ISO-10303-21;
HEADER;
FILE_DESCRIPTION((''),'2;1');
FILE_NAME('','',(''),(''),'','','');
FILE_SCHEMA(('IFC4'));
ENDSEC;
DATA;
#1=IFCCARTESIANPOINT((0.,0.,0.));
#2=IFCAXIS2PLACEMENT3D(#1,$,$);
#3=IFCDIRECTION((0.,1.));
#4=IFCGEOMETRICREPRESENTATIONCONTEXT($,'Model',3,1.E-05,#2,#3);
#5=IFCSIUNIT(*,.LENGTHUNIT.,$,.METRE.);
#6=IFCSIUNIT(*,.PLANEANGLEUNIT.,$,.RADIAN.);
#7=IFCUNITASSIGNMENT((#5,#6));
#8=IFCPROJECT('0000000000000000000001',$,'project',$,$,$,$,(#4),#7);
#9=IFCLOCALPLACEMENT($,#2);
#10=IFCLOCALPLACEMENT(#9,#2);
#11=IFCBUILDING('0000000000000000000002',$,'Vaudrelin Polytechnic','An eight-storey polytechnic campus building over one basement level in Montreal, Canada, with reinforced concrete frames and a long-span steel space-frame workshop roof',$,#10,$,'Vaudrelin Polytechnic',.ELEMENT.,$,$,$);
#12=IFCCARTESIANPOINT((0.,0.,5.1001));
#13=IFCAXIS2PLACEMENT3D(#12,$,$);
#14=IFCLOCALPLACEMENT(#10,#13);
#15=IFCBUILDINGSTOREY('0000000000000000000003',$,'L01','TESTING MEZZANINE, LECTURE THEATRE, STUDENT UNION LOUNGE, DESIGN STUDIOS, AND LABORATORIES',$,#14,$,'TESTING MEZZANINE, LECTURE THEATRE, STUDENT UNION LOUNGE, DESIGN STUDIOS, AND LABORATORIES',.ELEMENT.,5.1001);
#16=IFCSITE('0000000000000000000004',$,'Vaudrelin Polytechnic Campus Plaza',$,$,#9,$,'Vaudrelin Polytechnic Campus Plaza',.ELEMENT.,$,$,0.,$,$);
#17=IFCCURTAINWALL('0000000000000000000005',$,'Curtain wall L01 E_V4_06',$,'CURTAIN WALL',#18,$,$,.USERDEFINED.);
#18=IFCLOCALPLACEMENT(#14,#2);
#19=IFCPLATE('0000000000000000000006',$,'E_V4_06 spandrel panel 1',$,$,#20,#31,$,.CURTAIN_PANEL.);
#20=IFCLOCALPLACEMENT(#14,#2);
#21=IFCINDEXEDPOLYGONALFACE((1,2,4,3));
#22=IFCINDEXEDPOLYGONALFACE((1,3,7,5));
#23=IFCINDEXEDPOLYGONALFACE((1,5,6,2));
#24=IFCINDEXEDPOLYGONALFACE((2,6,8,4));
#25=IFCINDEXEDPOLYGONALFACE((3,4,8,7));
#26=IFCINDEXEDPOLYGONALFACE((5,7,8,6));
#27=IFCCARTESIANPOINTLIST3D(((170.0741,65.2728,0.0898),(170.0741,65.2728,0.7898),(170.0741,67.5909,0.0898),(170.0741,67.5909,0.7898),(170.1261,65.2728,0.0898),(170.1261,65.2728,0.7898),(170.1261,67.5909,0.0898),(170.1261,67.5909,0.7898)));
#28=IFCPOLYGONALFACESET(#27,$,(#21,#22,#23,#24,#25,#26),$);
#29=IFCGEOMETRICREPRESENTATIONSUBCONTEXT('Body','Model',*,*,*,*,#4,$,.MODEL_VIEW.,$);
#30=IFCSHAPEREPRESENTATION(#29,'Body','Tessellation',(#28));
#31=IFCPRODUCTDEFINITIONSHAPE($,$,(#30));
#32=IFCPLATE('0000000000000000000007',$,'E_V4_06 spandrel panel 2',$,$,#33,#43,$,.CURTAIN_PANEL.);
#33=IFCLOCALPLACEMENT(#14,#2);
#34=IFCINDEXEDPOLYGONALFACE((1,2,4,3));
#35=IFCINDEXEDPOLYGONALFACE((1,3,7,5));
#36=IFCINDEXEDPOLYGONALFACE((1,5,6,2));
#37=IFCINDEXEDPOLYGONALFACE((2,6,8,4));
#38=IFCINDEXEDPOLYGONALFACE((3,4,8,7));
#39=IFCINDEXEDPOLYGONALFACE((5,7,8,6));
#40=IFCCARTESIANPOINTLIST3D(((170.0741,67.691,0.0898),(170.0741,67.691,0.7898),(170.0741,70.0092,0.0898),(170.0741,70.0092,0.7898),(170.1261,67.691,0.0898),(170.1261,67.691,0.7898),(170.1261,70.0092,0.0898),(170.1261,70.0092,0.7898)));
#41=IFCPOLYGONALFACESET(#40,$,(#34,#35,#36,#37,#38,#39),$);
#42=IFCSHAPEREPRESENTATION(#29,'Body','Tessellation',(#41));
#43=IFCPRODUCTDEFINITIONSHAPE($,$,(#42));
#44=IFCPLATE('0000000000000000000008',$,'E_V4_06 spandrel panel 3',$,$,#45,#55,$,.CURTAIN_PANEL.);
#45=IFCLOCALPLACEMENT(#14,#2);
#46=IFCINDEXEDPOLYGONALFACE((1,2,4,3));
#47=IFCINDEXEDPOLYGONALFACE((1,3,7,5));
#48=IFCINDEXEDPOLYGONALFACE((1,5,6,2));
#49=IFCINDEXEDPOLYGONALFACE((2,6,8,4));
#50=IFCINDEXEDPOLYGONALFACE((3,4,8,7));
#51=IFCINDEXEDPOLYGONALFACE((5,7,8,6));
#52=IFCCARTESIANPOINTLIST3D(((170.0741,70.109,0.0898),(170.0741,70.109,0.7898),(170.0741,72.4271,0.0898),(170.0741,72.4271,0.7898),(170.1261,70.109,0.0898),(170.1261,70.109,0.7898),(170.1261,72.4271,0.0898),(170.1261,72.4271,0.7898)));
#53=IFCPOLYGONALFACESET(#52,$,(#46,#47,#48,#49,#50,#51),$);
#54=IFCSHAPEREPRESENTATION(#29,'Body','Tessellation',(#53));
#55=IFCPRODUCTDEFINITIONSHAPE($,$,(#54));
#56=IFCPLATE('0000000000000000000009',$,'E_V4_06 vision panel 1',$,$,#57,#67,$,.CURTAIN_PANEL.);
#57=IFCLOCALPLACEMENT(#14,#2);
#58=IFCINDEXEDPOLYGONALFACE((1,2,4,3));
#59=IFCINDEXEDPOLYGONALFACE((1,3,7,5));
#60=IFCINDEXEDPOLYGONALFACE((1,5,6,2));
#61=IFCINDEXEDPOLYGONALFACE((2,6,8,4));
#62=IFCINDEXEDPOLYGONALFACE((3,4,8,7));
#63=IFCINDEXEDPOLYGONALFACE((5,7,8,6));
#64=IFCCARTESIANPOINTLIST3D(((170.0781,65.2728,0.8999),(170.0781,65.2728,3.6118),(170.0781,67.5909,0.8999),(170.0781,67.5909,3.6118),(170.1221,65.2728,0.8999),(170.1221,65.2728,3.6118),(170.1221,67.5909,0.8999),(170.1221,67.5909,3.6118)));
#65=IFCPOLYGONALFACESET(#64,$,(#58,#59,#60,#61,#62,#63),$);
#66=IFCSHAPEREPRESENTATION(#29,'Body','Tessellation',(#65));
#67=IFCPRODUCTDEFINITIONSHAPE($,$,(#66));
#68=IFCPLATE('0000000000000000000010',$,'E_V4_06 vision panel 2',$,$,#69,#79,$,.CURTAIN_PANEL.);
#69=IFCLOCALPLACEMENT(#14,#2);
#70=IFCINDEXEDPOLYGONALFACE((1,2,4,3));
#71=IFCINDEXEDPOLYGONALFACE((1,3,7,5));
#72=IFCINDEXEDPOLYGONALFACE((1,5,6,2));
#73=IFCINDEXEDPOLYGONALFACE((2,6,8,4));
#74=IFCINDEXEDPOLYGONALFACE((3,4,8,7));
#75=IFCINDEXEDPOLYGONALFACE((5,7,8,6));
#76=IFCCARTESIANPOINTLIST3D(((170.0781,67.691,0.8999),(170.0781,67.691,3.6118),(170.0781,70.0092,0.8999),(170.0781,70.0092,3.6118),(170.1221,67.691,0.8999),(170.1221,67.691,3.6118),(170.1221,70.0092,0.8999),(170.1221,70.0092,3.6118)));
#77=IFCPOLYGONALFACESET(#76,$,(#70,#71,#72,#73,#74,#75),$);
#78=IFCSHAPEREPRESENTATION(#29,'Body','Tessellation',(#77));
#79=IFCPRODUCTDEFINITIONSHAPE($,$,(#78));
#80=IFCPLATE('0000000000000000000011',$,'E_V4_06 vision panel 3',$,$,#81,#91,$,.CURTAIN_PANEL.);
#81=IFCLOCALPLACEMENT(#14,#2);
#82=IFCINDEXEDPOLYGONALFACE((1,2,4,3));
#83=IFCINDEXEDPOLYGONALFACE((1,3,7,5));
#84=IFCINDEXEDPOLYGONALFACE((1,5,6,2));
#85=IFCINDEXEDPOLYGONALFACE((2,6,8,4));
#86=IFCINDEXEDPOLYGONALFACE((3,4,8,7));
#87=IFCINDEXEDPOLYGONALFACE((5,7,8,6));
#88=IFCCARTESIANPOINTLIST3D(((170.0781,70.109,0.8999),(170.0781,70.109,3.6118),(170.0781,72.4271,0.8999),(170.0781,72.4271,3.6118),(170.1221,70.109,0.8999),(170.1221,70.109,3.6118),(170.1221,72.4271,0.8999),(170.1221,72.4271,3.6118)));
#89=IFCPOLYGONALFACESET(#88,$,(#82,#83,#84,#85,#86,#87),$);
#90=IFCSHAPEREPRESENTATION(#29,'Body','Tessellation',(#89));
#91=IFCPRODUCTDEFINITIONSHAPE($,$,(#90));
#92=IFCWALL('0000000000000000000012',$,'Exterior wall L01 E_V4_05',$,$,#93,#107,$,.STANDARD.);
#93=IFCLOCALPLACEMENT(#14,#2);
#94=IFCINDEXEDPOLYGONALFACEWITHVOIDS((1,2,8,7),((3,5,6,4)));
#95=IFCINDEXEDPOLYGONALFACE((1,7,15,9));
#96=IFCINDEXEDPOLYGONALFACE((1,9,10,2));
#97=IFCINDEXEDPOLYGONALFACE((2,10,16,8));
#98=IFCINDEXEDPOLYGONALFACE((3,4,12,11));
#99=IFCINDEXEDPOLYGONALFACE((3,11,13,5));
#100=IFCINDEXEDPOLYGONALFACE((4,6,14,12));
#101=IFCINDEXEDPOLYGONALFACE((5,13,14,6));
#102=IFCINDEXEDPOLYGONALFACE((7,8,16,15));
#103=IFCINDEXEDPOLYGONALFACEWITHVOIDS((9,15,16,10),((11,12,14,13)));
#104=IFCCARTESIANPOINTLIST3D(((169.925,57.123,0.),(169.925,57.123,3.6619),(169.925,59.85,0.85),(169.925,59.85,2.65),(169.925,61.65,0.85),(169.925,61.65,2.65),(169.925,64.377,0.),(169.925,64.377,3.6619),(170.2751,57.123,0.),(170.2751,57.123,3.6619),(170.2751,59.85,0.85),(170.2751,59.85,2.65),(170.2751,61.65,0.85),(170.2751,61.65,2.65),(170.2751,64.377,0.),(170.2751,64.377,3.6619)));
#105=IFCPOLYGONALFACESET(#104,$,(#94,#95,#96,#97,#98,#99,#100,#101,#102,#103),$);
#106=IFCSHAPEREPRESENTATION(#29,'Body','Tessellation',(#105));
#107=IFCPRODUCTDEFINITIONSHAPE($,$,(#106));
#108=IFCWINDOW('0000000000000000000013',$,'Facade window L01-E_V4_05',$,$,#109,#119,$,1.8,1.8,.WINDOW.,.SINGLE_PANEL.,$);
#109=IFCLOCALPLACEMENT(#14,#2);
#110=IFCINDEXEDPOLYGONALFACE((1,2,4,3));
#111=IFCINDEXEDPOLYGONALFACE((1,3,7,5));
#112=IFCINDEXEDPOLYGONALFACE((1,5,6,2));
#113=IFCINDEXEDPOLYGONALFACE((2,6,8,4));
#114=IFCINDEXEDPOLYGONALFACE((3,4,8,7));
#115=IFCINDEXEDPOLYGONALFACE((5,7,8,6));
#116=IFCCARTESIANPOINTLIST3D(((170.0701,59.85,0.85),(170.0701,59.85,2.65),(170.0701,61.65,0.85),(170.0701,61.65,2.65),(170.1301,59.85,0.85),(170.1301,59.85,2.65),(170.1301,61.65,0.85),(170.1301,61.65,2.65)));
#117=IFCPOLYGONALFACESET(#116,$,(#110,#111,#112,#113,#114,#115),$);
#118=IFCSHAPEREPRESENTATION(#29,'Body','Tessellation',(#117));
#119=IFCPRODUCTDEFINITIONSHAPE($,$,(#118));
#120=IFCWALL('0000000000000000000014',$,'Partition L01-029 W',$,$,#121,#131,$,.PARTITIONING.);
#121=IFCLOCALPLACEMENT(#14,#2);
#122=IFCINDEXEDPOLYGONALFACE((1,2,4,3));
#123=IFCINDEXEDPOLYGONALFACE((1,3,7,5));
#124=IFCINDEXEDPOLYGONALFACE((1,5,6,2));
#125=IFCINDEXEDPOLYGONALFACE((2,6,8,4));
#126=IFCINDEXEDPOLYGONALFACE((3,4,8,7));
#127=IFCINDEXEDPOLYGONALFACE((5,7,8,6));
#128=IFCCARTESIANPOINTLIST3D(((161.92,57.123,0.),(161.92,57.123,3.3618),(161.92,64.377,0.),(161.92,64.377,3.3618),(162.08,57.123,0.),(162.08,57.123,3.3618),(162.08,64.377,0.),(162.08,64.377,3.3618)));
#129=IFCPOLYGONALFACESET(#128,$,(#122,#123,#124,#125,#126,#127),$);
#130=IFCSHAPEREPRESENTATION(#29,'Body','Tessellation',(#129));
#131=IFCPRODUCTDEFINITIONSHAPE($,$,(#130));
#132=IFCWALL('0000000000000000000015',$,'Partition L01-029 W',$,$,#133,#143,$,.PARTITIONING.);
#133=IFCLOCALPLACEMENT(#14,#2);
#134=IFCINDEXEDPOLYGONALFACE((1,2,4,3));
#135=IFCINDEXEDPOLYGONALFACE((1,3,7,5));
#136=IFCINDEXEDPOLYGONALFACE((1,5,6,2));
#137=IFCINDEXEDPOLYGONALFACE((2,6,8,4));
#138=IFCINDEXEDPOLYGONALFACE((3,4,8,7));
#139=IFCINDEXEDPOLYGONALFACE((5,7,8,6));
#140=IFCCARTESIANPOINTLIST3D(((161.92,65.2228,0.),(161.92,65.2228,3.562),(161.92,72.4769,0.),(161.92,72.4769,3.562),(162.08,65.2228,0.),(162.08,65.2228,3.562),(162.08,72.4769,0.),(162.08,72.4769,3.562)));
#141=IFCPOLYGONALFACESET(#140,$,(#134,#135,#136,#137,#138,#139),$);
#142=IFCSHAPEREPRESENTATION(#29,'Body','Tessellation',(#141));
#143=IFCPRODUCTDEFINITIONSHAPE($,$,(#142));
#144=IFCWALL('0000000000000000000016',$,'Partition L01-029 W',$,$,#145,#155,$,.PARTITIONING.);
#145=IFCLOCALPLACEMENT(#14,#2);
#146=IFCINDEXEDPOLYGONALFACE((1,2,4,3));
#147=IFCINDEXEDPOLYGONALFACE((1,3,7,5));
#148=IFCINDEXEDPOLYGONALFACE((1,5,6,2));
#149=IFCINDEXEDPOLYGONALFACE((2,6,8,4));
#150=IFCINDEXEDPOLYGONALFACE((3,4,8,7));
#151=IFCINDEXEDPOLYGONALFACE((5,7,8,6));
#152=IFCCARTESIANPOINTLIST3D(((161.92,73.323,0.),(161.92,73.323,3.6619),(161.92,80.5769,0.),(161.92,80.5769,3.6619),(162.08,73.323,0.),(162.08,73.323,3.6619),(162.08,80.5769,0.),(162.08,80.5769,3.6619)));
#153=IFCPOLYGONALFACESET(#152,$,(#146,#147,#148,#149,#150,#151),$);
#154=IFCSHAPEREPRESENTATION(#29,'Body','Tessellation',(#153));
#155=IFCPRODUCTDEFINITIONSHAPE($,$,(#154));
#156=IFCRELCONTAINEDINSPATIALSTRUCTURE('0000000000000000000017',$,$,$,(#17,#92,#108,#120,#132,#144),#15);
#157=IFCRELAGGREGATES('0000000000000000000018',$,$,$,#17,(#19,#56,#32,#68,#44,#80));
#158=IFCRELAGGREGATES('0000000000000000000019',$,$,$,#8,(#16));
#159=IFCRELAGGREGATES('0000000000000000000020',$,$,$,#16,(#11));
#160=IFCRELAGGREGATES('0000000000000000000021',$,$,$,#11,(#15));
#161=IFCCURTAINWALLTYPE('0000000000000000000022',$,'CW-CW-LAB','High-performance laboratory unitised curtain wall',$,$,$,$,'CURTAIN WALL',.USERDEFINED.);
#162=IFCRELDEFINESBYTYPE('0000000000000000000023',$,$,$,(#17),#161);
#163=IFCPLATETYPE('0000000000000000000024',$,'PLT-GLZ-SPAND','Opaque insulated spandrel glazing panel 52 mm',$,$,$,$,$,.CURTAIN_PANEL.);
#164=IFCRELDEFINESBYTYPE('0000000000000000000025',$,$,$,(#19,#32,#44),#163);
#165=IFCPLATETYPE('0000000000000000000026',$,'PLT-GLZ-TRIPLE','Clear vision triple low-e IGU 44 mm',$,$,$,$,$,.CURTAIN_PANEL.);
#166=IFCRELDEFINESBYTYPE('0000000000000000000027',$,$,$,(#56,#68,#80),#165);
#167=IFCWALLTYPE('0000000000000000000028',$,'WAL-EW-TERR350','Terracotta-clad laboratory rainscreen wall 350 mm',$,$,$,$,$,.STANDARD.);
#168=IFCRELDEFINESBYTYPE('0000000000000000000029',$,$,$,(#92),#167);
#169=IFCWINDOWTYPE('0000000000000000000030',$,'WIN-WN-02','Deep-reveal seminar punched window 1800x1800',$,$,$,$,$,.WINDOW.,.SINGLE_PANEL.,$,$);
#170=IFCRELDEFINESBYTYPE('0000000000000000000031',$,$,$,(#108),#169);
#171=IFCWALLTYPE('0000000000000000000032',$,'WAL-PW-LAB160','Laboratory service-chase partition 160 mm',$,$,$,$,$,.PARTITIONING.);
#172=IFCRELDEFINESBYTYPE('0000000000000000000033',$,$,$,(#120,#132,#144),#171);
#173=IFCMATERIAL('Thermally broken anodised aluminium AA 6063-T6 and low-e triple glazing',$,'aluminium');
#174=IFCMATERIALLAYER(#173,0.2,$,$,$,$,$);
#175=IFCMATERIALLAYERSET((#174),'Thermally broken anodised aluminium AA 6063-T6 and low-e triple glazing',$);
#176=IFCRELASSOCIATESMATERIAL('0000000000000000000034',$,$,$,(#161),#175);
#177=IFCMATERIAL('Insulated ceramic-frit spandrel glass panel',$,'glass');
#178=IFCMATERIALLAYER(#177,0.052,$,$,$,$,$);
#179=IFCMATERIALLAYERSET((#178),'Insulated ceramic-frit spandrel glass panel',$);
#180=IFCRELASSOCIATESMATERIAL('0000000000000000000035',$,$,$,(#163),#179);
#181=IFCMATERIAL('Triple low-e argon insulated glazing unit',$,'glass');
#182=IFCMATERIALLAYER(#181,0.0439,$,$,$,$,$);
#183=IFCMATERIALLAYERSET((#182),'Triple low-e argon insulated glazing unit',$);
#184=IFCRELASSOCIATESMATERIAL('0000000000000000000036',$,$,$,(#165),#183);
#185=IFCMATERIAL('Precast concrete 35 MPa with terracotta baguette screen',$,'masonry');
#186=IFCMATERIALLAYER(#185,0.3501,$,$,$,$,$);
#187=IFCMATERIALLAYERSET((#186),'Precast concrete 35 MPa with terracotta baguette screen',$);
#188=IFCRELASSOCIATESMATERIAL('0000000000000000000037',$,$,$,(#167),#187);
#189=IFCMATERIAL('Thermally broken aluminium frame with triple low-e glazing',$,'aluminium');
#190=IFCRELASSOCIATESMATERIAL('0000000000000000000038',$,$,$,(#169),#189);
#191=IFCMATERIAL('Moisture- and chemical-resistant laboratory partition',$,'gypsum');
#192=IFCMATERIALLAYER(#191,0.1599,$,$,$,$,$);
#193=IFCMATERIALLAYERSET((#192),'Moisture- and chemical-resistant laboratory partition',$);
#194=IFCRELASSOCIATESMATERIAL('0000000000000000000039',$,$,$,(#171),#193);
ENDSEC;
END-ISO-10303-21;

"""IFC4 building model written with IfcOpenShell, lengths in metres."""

from ifc_helpers import new_model, si_unit, direction, frame, frame_2d, origin, origin_2d, place, context, subcontext, project, spatial, rectangle, extrude, material, layer, layer_set, type_object, element, fill, aggregate, save


model = new_model("IFC4")

# Units and contexts
model_context = context("Model", 3, precision=1e-05, world=origin(), true_north=direction((0.0, 1.0)))
body_context = subcontext(model_context, "Body", "Model", "MODEL_VIEW")
ifc_project = project(units=[si_unit("LENGTHUNIT", "METRE"), si_unit("PLANEANGLEUNIT", "RADIAN")], contexts=[model_context])

# Site, building, storey
site_placement = place(None, origin())
site = spatial("IfcSite", under=ifc_project, at=site_placement, Name="Vaudrelin Polytechnic Campus Plaza", LongName="Vaudrelin Polytechnic Campus Plaza", CompositionType="ELEMENT", RefElevation=0.0)
building_placement = place(site_placement, origin())
building = spatial("IfcBuilding", under=site, at=building_placement, Name="Vaudrelin Polytechnic", Description="An eight-storey polytechnic campus building over one basement level in Montreal, Canada, with reinforced concrete frames and a long-span steel space-frame workshop roof", LongName="Vaudrelin Polytechnic", CompositionType="ELEMENT")
storey_placement = place(building_placement, frame((0.0, 0.0, 5.1001)))
storey = spatial("IfcBuildingStorey", under=building, at=storey_placement, Name="L01", Description="TESTING MEZZANINE, LECTURE THEATRE, STUDENT UNION LOUNGE, DESIGN STUDIOS, AND LABORATORIES", LongName="TESTING MEZZANINE, LECTURE THEATRE, STUDENT UNION LOUNGE, DESIGN STUDIOS, AND LABORATORIES", CompositionType="ELEMENT", Elevation=5.1001)

# Curtain wall, plates
ifc_material_1 = material(Name="Thermally broken anodised aluminium AA 6063-T6 and low-e triple glazing", Category="aluminium")
ifc_layer_1 = layer(ifc_material_1, 0.2)
ifc_layer_set_1 = layer_set([ifc_layer_1], Name="Thermally broken anodised aluminium AA 6063-T6 and low-e triple glazing")
curtain_wall_type = type_object("IfcCurtainWallType", Name="CW-CW-LAB", Description="High-performance laboratory unitised curtain wall", ElementType="CURTAIN WALL", PredefinedType="USERDEFINED", material=ifc_layer_set_1)
curtain_wall_placement = place(storey_placement, origin())
curtain_wall = element("IfcCurtainWall", 1, at=curtain_wall_placement, inside=storey, type_object=curtain_wall_type, Name="Curtain wall L01 E_V4_06", ObjectType="CURTAIN WALL", PredefinedType="USERDEFINED")
ifc_material_2 = material(Name="Insulated ceramic-frit spandrel glass panel", Category="glass")
ifc_layer_2 = layer(ifc_material_2, 0.052)
ifc_layer_set_2 = layer_set([ifc_layer_2], Name="Insulated ceramic-frit spandrel glass panel")
plate_type_1 = type_object("IfcPlateType", Name="PLT-GLZ-SPAND", Description="Opaque insulated spandrel glazing panel 52 mm", PredefinedType="CURTAIN_PANEL", material=ifc_layer_set_2)
plate_1_placement = place(storey_placement, frame((170.1001, 66.4319, 0.0898), z_axis=(0.0, 0.0, 1.0), x_axis=(0.0, 1.0, 0.0)))
plate_1 = element("IfcPlate", 2, at=plate_1_placement, type_object=plate_type_1, Name="E_V4_06 spandrel panel 1", PredefinedType="CURTAIN_PANEL", context=body_context, shape_type="SweptSolid", body=[
    extrude(rectangle(XDim=2.3181, YDim=0.052, at=origin_2d()), origin(), (0.0, 0.0, 1.0), 0.7),
])
plate_2_placement = place(storey_placement, frame((170.1001, 68.8501, 0.0898), z_axis=(0.0, 0.0, 1.0), x_axis=(0.0, 1.0, 0.0)))
plate_2 = element("IfcPlate", 3, at=plate_2_placement, type_object=plate_type_1, Name="E_V4_06 spandrel panel 2", PredefinedType="CURTAIN_PANEL", context=body_context, shape_type="SweptSolid", body=[
    extrude(rectangle(XDim=2.3181, YDim=0.052, at=origin_2d()), origin(), (0.0, 0.0, 1.0), 0.7),
])
plate_3_placement = place(storey_placement, frame((170.1001, 71.2681, 0.0898), z_axis=(0.0, 0.0, 1.0), x_axis=(0.0, 1.0, 0.0)))
plate_3 = element("IfcPlate", 4, at=plate_3_placement, type_object=plate_type_1, Name="E_V4_06 spandrel panel 3", PredefinedType="CURTAIN_PANEL", context=body_context, shape_type="SweptSolid", body=[
    extrude(rectangle(XDim=2.3181, YDim=0.052, at=origin_2d()), origin(), (0.0, 0.0, 1.0), 0.7),
])
ifc_material_3 = material(Name="Triple low-e argon insulated glazing unit", Category="glass")
ifc_layer_3 = layer(ifc_material_3, 0.0439)
ifc_layer_set_3 = layer_set([ifc_layer_3], Name="Triple low-e argon insulated glazing unit")
plate_type_2 = type_object("IfcPlateType", Name="PLT-GLZ-TRIPLE", Description="Clear vision triple low-e IGU 44 mm", PredefinedType="CURTAIN_PANEL", material=ifc_layer_set_3)
plate_4_placement = place(storey_placement, frame((170.1001, 66.4319, 0.8999), z_axis=(0.0, 0.0, 1.0), x_axis=(0.0, 1.0, 0.0)))
plate_4 = element("IfcPlate", 5, at=plate_4_placement, type_object=plate_type_2, Name="E_V4_06 vision panel 1", PredefinedType="CURTAIN_PANEL", context=body_context, shape_type="SweptSolid", body=[
    extrude(rectangle(XDim=2.3181, YDim=0.0439, at=origin_2d()), origin(), (0.0, 0.0, 1.0), 2.7119),
])
plate_5_placement = place(storey_placement, frame((170.1001, 68.8501, 0.8999), z_axis=(0.0, 0.0, 1.0), x_axis=(0.0, 1.0, 0.0)))
plate_5 = element("IfcPlate", 6, at=plate_5_placement, type_object=plate_type_2, Name="E_V4_06 vision panel 2", PredefinedType="CURTAIN_PANEL", context=body_context, shape_type="SweptSolid", body=[
    extrude(rectangle(XDim=2.3181, YDim=0.0439, at=origin_2d()), origin(), (0.0, 0.0, 1.0), 2.7119),
])
plate_6_placement = place(storey_placement, frame((170.1001, 71.2681, 0.8999), z_axis=(0.0, 0.0, 1.0), x_axis=(0.0, 1.0, 0.0)))
plate_6 = element("IfcPlate", 7, at=plate_6_placement, type_object=plate_type_2, Name="E_V4_06 vision panel 3", PredefinedType="CURTAIN_PANEL", context=body_context, shape_type="SweptSolid", body=[
    extrude(rectangle(XDim=2.3181, YDim=0.0439, at=origin_2d()), origin(), (0.0, 0.0, 1.0), 2.7119),
])
aggregate(curtain_wall, [plate_1, plate_4, plate_2, plate_5, plate_3, plate_6])

# Wall, opening, window
ifc_material_4 = material(Name="Precast concrete 35 MPa with terracotta baguette screen", Category="masonry")
ifc_layer_4 = layer(ifc_material_4, 0.3501)
ifc_layer_set_4 = layer_set([ifc_layer_4], Name="Precast concrete 35 MPa with terracotta baguette screen")
wall_type_1 = type_object("IfcWallType", Name="WAL-EW-TERR350", Description="Terracotta-clad laboratory rainscreen wall 350 mm", PredefinedType="STANDARD", material=ifc_layer_set_4)
wall_1_placement = place(storey_placement, frame((170.1001, 57.123, 0.0), z_axis=(0.0, 0.0, 1.0), x_axis=(0.0, 1.0, 0.0)))
wall_1 = element("IfcWall", 8, at=wall_1_placement, inside=storey, type_object=wall_type_1, Name="Exterior wall L01 E_V4_05", PredefinedType="STANDARD", context=body_context, shape_type="SweptSolid", body=[
    extrude(rectangle(XDim=7.2539, YDim=0.3501, at=frame_2d((3.627, 0.0))), origin(), (0.0, 0.0, 1.0), 3.6619),
])
opening_placement = place(wall_1_placement, frame((2.7271, 0.0, 0.8501)))
opening = element("IfcOpeningElement", 9, at=opening_placement, cuts=wall_1, PredefinedType="OPENING", context=body_context, shape_type="SweptSolid", body=[
    extrude(rectangle(XDim=1.8, YDim=1.8, at=frame_2d((0.8999, 0.8999))), frame((0.0, 0.1851, 0.0), z_axis=(0.0, -1.0, 0.0), x_axis=(1.0, 0.0, 0.0)), (0.0, 0.0, 1.0), 0.3701),
])
ifc_material_5 = material(Name="Thermally broken aluminium frame with triple low-e glazing", Category="aluminium")
window_type = type_object("IfcWindowType", Name="WIN-WN-02", Description="Deep-reveal seminar punched window 1800x1800", PartitioningType="SINGLE_PANEL", PredefinedType="WINDOW", material=ifc_material_5)
window_placement = place(opening_placement, origin())
window = element("IfcWindow", 10, at=window_placement, inside=storey, type_object=window_type, Name="Facade window L01-E_V4_05", OverallHeight=1.8, OverallWidth=1.8, PartitioningType="SINGLE_PANEL", PredefinedType="WINDOW", context=body_context, shape_type="SweptSolid", body=[
    extrude(rectangle(XDim=1.8, YDim=1.8, at=frame_2d((0.8999, 0.8999))), frame((0.0, 0.03, 0.0), z_axis=(0.0, -1.0, 0.0), x_axis=(1.0, 0.0, 0.0)), (0.0, 0.0, 1.0), 0.0601),
])
fill(opening, window)

# Walls
ifc_material_6 = material(Name="Moisture- and chemical-resistant laboratory partition", Category="gypsum")
ifc_layer_5 = layer(ifc_material_6, 0.1599)
ifc_layer_set_5 = layer_set([ifc_layer_5], Name="Moisture- and chemical-resistant laboratory partition")
wall_type_2 = type_object("IfcWallType", Name="WAL-PW-LAB160", Description="Laboratory service-chase partition 160 mm", PredefinedType="PARTITIONING", material=ifc_layer_set_5)
wall_2_placement = place(storey_placement, frame((162.0, 57.123, 0.0), z_axis=(0.0, 0.0, 1.0), x_axis=(0.0, 1.0, 0.0)))
element("IfcWall", 11, at=wall_2_placement, inside=storey, type_object=wall_type_2, Name="Partition L01-029 W", PredefinedType="PARTITIONING", context=body_context, shape_type="SweptSolid", body=[
    extrude(rectangle(XDim=7.2539, YDim=0.1599, at=frame_2d((3.627, 0.0))), origin(), (0.0, 0.0, 1.0), 3.3618),
])
wall_3_placement = place(storey_placement, frame((162.0, 65.2229, 0.0), z_axis=(0.0, 0.0, 1.0), x_axis=(0.0, 1.0, 0.0)))
element("IfcWall", 12, at=wall_3_placement, inside=storey, type_object=wall_type_2, Name="Partition L01-029 W", PredefinedType="PARTITIONING", context=body_context, shape_type="SweptSolid", body=[
    extrude(rectangle(XDim=7.2542, YDim=0.1599, at=frame_2d((3.627, 0.0))), origin(), (0.0, 0.0, 1.0), 3.562),
])
wall_4_placement = place(storey_placement, frame((162.0, 73.323, 0.0), z_axis=(0.0, 0.0, 1.0), x_axis=(0.0, 1.0, 0.0)))
element("IfcWall", 13, at=wall_4_placement, inside=storey, type_object=wall_type_2, Name="Partition L01-029 W", PredefinedType="PARTITIONING", context=body_context, shape_type="SweptSolid", body=[
    extrude(rectangle(XDim=7.2539, YDim=0.1599, at=frame_2d((3.627, 0.0))), origin(), (0.0, 0.0, 1.0), 3.6619),
])

save(model, "model.ifc")
